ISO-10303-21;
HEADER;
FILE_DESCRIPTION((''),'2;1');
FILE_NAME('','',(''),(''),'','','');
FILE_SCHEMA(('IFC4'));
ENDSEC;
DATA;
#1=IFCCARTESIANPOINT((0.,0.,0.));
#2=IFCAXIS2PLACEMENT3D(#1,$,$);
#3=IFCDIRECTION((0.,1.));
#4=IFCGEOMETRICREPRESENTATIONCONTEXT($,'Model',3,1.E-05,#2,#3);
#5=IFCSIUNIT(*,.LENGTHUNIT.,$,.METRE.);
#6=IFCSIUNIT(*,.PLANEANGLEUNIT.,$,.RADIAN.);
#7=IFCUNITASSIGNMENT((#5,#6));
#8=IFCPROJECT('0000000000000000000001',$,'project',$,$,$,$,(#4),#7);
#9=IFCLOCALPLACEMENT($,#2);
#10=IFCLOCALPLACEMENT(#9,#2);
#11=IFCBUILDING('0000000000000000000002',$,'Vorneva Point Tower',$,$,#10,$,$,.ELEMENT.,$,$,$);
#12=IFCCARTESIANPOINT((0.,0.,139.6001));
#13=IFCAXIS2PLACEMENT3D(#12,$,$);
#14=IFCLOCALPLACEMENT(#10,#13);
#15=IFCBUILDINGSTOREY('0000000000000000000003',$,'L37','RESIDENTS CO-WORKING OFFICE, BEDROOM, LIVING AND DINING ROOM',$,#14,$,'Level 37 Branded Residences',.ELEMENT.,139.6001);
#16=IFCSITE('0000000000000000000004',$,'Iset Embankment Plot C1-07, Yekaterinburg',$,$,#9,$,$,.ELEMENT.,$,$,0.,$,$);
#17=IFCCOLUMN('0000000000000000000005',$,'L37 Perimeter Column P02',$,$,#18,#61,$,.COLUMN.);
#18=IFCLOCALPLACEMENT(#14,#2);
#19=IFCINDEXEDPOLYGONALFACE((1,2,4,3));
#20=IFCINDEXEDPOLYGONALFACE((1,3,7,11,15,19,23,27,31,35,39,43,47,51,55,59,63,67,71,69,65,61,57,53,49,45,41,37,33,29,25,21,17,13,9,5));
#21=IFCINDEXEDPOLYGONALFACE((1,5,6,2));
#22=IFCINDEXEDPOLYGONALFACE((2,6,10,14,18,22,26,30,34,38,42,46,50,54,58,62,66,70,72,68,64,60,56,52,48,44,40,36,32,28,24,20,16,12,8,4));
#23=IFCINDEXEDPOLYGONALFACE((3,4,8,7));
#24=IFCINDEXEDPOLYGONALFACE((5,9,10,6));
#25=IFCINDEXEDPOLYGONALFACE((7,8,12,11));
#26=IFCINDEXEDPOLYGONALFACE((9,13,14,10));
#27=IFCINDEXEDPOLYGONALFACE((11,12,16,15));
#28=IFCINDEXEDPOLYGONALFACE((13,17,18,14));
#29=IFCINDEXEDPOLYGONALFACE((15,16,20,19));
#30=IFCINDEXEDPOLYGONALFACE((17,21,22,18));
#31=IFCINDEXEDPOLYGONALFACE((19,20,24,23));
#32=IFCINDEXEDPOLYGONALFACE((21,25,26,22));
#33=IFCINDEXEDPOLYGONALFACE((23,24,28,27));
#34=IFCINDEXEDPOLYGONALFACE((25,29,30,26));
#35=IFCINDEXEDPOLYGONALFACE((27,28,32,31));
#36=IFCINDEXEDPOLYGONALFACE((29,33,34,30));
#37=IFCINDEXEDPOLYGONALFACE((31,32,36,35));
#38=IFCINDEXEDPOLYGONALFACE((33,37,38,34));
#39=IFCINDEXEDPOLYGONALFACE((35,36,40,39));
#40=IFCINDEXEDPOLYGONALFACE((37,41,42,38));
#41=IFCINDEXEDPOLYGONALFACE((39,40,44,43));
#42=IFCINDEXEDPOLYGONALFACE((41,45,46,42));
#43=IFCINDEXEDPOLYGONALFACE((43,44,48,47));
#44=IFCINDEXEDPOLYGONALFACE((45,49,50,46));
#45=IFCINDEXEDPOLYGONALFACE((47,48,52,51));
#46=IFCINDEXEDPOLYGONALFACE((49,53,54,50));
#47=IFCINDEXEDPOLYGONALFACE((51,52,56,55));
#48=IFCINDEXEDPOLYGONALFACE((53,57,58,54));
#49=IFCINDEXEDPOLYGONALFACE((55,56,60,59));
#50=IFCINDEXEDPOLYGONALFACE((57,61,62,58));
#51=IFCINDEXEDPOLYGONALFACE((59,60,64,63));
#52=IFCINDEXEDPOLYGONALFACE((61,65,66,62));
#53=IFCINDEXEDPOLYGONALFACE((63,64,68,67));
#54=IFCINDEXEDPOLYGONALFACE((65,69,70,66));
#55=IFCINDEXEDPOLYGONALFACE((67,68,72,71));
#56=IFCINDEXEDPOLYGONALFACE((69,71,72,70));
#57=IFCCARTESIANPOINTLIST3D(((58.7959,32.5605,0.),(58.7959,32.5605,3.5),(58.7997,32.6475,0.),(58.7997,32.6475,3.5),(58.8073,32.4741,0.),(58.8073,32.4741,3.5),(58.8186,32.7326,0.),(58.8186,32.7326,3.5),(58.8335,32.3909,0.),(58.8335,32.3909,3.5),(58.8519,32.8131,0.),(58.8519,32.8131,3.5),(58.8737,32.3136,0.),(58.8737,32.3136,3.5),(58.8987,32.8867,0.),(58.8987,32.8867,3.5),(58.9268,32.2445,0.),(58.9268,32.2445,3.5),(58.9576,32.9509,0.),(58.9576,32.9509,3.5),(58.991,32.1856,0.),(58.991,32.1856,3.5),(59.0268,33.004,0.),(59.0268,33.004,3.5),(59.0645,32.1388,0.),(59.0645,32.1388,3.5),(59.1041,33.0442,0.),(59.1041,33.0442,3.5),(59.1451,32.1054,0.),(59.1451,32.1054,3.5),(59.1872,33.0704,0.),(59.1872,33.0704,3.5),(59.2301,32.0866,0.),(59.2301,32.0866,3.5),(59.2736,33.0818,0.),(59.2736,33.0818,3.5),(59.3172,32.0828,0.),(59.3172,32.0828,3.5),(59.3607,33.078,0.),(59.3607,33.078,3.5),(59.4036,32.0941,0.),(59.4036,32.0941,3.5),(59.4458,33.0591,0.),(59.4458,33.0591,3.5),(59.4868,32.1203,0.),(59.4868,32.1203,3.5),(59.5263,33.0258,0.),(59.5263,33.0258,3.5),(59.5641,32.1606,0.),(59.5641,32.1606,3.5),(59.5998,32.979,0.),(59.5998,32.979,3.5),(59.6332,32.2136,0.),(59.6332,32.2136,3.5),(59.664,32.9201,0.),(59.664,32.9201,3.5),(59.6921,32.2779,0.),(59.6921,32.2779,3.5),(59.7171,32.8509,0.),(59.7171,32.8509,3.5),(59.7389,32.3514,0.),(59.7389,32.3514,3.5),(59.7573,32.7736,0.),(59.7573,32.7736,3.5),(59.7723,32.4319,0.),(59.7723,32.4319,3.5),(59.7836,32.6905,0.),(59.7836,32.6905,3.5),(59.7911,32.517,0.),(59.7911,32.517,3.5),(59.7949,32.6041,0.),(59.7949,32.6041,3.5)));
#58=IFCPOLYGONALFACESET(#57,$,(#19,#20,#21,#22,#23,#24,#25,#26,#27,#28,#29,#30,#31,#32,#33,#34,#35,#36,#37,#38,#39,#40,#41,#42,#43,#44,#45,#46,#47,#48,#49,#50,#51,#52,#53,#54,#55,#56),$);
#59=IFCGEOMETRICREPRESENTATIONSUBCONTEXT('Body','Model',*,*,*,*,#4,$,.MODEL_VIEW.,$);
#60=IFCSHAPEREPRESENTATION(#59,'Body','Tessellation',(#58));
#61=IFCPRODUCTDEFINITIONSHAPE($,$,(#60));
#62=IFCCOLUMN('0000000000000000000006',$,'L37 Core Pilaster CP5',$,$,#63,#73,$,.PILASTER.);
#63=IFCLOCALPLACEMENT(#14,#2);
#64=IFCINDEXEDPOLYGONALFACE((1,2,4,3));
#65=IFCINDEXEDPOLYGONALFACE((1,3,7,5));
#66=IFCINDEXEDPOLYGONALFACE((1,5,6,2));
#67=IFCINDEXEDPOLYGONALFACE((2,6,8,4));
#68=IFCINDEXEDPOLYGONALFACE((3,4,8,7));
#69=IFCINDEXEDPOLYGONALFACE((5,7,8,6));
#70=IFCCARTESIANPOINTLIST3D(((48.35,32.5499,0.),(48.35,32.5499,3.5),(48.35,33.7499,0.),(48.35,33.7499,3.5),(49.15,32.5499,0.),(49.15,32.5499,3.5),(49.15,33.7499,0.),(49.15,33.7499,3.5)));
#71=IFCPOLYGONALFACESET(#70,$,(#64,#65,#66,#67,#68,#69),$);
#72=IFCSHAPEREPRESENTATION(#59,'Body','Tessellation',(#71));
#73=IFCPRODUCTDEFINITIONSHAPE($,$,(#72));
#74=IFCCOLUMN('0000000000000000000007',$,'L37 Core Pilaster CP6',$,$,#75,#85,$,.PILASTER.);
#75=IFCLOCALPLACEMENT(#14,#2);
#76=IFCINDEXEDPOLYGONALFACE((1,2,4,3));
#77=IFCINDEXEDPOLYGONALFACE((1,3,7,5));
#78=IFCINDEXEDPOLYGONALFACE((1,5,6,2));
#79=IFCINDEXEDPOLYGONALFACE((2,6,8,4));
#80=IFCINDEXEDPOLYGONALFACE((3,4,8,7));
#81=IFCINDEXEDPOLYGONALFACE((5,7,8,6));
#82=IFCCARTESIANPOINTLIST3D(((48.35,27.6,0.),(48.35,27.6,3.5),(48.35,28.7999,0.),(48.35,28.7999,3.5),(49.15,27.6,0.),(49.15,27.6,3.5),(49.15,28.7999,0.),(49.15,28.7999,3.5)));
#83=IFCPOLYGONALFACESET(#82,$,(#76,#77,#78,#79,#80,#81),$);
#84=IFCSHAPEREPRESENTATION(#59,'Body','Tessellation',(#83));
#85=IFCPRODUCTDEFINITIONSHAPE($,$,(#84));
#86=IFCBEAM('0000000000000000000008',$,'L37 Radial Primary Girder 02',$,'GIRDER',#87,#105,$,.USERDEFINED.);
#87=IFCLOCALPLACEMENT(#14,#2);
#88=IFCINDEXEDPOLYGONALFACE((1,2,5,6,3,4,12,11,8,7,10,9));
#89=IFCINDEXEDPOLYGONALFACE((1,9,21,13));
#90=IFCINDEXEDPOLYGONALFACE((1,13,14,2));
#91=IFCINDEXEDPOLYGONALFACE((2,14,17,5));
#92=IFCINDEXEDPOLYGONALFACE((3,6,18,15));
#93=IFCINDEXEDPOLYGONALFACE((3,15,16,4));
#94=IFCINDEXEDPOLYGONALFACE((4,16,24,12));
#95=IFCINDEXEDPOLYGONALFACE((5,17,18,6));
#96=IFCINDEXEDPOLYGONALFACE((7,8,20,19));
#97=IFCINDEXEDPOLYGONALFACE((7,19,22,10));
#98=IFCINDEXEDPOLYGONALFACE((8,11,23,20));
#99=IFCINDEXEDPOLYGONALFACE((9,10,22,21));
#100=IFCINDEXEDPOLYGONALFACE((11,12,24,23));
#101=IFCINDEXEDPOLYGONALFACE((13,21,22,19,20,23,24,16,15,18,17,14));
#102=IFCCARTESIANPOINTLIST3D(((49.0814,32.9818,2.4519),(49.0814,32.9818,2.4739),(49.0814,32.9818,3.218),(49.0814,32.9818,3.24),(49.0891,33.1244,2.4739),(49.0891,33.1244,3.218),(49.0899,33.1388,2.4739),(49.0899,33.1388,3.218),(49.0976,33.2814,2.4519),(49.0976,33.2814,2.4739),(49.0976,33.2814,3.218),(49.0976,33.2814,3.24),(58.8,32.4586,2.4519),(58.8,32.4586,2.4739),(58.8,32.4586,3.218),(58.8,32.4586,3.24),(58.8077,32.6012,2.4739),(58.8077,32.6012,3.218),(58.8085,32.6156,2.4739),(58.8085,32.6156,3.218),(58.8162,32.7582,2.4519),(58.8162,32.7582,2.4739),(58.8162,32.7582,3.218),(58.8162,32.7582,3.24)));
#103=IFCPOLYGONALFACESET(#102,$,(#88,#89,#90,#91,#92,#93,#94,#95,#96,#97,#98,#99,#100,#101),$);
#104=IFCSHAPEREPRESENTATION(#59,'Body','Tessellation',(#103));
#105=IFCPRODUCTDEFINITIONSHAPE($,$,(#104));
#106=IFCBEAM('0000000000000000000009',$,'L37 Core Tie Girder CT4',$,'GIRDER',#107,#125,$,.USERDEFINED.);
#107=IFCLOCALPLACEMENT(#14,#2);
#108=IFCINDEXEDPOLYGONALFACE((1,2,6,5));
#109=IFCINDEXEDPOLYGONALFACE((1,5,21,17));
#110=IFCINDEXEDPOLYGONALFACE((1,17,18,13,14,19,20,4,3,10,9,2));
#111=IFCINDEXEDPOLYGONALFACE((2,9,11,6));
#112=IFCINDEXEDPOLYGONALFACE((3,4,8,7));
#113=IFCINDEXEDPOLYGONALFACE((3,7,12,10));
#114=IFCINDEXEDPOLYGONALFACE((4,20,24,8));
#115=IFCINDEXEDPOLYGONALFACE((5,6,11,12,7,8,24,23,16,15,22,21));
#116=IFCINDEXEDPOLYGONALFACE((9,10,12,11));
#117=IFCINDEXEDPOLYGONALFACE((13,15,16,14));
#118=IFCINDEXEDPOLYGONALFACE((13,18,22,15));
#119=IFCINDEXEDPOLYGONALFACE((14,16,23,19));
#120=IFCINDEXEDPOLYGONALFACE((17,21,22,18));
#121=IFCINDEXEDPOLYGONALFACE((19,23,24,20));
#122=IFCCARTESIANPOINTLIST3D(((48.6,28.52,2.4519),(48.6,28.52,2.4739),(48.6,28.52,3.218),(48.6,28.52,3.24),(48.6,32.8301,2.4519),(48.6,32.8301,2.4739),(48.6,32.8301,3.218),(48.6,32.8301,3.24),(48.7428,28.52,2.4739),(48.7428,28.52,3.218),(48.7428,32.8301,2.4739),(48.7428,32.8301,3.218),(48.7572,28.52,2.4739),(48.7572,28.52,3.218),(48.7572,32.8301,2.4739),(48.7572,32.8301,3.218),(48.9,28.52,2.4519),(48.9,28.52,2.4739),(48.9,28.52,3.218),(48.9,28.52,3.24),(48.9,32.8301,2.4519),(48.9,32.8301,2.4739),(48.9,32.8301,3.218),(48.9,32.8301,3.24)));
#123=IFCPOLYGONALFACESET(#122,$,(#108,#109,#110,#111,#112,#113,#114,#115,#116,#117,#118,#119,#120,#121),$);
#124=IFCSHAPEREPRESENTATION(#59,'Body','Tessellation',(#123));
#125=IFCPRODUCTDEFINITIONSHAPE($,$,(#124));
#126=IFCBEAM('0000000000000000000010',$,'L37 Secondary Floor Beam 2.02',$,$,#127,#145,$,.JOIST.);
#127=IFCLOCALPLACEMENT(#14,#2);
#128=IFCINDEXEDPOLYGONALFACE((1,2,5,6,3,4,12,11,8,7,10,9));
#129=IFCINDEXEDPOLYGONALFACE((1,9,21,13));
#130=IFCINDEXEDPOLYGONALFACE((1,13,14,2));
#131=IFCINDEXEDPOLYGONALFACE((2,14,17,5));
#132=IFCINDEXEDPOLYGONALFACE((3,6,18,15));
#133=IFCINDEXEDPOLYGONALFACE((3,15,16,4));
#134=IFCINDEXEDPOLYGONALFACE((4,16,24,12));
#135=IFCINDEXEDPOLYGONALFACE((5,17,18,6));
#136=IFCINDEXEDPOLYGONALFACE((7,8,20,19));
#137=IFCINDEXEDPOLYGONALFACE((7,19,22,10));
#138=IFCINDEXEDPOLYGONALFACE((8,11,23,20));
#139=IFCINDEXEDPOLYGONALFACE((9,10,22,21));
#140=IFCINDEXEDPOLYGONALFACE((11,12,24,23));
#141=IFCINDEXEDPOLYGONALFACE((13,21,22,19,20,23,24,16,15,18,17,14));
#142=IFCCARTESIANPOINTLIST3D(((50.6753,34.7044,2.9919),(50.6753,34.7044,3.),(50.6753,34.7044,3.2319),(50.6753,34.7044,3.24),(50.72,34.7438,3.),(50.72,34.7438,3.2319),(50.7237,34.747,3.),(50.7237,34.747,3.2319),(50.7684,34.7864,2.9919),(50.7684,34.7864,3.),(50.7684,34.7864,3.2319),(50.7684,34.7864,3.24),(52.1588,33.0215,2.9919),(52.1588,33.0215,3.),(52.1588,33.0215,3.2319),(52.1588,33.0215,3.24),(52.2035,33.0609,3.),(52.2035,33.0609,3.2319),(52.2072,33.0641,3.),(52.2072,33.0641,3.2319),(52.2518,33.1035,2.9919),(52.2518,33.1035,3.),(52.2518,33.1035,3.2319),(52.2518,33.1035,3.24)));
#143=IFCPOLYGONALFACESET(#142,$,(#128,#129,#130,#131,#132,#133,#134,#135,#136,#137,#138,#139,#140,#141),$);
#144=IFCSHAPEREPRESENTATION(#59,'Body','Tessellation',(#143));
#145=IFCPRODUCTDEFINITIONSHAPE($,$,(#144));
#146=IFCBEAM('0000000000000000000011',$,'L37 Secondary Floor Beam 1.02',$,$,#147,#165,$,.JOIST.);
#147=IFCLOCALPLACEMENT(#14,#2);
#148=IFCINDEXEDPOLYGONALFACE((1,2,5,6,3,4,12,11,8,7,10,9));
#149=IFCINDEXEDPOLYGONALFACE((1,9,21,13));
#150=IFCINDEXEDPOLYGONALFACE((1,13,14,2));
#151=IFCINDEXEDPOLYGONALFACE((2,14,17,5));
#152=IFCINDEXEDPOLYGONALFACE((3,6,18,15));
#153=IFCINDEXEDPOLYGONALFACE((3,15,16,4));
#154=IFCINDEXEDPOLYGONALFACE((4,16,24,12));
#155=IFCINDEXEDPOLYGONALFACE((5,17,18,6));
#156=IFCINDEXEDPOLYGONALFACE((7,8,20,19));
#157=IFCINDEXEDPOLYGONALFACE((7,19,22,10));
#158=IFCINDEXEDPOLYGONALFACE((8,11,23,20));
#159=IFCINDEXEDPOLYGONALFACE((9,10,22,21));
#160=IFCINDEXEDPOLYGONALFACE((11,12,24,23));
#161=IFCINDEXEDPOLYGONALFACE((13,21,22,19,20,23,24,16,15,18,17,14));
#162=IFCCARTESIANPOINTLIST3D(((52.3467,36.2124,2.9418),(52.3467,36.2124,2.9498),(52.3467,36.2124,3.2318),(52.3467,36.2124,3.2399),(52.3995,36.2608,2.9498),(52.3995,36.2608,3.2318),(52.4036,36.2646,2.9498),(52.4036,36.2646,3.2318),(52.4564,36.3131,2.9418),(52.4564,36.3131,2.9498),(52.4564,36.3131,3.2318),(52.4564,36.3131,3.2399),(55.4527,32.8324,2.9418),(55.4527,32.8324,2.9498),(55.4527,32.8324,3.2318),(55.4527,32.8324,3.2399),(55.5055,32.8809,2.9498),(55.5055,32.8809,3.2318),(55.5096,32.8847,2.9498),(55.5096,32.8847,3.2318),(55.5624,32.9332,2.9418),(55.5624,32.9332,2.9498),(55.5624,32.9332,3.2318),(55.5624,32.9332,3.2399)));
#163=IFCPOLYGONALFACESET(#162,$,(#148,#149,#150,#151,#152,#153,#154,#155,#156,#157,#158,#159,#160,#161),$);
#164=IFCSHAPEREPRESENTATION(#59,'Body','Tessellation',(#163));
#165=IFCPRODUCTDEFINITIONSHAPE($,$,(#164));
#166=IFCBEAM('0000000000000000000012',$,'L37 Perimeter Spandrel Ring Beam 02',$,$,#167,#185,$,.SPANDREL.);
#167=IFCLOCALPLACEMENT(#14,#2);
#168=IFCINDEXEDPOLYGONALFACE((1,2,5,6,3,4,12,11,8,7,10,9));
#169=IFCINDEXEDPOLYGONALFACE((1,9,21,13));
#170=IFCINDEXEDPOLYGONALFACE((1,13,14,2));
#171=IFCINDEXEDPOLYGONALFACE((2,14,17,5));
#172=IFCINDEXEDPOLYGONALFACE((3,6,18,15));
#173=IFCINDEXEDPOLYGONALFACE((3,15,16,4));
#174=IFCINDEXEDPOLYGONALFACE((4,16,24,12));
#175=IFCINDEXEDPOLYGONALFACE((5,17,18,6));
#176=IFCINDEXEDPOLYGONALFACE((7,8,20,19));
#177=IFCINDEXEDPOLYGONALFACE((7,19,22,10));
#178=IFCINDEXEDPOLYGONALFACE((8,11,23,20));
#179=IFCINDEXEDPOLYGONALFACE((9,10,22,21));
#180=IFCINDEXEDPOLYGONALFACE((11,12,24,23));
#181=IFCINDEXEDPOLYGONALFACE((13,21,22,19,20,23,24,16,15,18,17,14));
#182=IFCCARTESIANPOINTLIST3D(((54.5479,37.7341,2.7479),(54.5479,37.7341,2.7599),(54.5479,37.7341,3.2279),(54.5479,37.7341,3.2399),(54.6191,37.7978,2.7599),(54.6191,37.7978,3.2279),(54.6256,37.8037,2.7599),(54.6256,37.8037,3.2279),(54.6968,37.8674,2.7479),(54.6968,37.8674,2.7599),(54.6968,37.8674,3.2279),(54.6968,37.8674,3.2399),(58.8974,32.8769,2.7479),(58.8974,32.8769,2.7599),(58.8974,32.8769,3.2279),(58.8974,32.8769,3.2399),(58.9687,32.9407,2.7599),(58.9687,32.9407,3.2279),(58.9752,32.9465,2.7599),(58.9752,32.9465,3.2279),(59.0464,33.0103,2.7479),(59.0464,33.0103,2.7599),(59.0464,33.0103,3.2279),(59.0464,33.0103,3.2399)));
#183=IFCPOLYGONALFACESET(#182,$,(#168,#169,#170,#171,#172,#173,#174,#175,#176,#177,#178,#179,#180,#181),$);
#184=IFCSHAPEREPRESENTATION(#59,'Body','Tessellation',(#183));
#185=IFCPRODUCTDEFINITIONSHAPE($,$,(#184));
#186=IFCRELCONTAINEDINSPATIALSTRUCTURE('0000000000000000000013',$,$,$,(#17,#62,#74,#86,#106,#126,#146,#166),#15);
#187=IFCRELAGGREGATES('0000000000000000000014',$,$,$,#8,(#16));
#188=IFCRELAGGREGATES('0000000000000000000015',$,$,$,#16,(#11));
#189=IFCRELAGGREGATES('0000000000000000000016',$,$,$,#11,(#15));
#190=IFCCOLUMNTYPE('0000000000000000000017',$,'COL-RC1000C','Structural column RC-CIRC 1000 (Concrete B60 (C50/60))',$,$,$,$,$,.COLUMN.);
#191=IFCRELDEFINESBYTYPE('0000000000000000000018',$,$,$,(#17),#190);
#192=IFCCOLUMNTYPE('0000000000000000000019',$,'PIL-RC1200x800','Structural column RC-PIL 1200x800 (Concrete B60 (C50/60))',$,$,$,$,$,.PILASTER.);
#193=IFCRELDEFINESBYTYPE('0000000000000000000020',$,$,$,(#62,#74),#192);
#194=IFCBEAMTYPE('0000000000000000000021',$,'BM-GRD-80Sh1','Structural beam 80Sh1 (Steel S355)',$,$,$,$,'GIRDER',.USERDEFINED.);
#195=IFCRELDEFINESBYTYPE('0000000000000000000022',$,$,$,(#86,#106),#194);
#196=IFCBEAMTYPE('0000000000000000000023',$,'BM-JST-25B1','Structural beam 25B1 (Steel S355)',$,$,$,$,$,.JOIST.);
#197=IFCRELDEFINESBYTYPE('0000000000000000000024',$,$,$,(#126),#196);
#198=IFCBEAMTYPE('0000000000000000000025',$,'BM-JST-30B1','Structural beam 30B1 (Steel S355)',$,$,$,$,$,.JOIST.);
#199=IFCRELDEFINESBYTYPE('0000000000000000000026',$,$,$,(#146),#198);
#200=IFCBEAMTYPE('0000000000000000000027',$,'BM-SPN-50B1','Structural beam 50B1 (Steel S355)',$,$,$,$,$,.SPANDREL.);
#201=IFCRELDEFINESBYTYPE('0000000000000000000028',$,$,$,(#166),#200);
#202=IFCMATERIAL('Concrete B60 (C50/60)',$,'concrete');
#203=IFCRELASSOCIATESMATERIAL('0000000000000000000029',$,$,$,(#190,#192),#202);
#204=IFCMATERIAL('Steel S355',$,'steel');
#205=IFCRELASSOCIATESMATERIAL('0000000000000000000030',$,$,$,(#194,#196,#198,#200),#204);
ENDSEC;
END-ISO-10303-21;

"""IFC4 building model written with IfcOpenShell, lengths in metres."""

from ifc_helpers import new_model, si_unit, direction, frame, origin, origin_2d, place, context, subcontext, project, spatial, rectangle, circle, i_section, extrude, material, material_profile, profile_set, type_object, element, save


model = new_model("IFC4")

# Units and contexts
model_context = context("Model", 3, precision=1e-05, world=origin(), true_north=direction((0.0, 1.0)))
body_context = subcontext(model_context, "Body", "Model", "MODEL_VIEW")
ifc_project = project(units=[si_unit("LENGTHUNIT", "METRE"), si_unit("PLANEANGLEUNIT", "RADIAN")], contexts=[model_context])

# Site, building, storey
site_placement = place(None, origin())
site = spatial("IfcSite", under=ifc_project, at=site_placement, Name="Iset Embankment Plot C1-07, Yekaterinburg", CompositionType="ELEMENT", RefElevation=0.0)
building_placement = place(site_placement, origin())
building = spatial("IfcBuilding", under=site, at=building_placement, Name="Vorneva Point Tower", CompositionType="ELEMENT")
storey_placement = place(building_placement, frame((0.0, 0.0, 139.6001)))
storey = spatial("IfcBuildingStorey", under=building, at=storey_placement, Name="L37", Description="RESIDENTS CO-WORKING OFFICE, BEDROOM, LIVING AND DINING ROOM", LongName="Level 37 Branded Residences", CompositionType="ELEMENT", Elevation=139.6001)

# Columns
ifc_material_1 = material(Name="Concrete B60 (C50/60)", Category="concrete")
ifc_material_profile_1 = material_profile(ifc_material_1, circle(Radius=0.5, at=origin_2d()), Name="RC-CIRC 1000")
ifc_profile_set_1 = profile_set([ifc_material_profile_1], Name="Concrete B60 (C50/60)")
column_type_1 = type_object("IfcColumnType", Name="COL-RC1000C", Description="Structural column RC-CIRC 1000 (Concrete B60 (C50/60))", PredefinedType="COLUMN", material=ifc_profile_set_1)
column_placement = place(storey_placement, frame((59.2954, 32.5823, 0.0), z_axis=(0.0, 0.0, 1.0), x_axis=(0.92388, 0.382683, 0.0)))
element("IfcColumn", 1, at=column_placement, inside=storey, type_object=column_type_1, Name="L37 Perimeter Column P02", PredefinedType="COLUMN", context=body_context, shape_type="SweptSolid", body=[
    extrude(circle(Radius=0.5, at=origin_2d()), origin(), (0.0, 0.0, 1.0), 3.5),
])
ifc_material_profile_2 = material_profile(ifc_material_1, rectangle(XDim=0.8, YDim=1.2, at=origin_2d()), Name="RC-PIL 1200x800")
ifc_profile_set_2 = profile_set([ifc_material_profile_2], Name="Concrete B60 (C50/60)")
column_type_2 = type_object("IfcColumnType", Name="PIL-RC1200x800", Description="Structural column RC-PIL 1200x800 (Concrete B60 (C50/60))", PredefinedType="PILASTER", material=ifc_profile_set_2)
for number, where, z_axis, x_axis, name in (
    (2, (48.75, 33.1499, 0.0), (0.0, 0.0, 1.0), (1.0, 0.0, 0.0), "L37 Core Pilaster CP5"),
    (3, (48.75, 28.2, 0.0), (0.0, 0.0, 1.0), (1.0, 0.0, 0.0), "L37 Core Pilaster CP6"),
):
    element("IfcColumn", number, at=place(storey_placement, frame(where, z_axis=z_axis, x_axis=x_axis)), inside=storey, type_object=column_type_2, Name=name, PredefinedType="PILASTER", context=body_context, shape_type="SweptSolid", body=[
        extrude(rectangle(XDim=0.8, YDim=1.2, at=origin_2d()), origin(), (0.0, 0.0, 1.0), 3.5),
    ])

# Beams
ifc_material_2 = material(Name="Steel S355", Category="steel")
ifc_material_profile_3 = material_profile(ifc_material_2, i_section(OverallWidth=0.3, OverallDepth=0.7881, WebThickness=0.0144, FlangeThickness=0.022, at=origin_2d()), Name="80Sh1")
ifc_profile_set_3 = profile_set([ifc_material_profile_3], Name="Steel S355")
beam_type_1 = type_object("IfcBeamType", Name="BM-GRD-80Sh1", Description="Structural beam 80Sh1 (Steel S355)", ElementType="GIRDER", PredefinedType="USERDEFINED", material=ifc_profile_set_3)
beam_1_placement = place(storey_placement, frame((58.8081, 32.6084, 2.8459), z_axis=(-0.998554, 0.053757, 0.0), x_axis=(-0.053757, -0.998554, 0.0)))
element("IfcBeam", 4, at=beam_1_placement, inside=storey, type_object=beam_type_1, Name="L37 Radial Primary Girder 02", ObjectType="GIRDER", PredefinedType="USERDEFINED", context=body_context, shape_type="SweptSolid", body=[
    extrude(i_section(OverallWidth=0.3, OverallDepth=0.7881, WebThickness=0.0144, FlangeThickness=0.022, at=origin_2d()), origin(), (0.0, 0.0, 1.0), 9.7327),
])
beam_2_placement = place(storey_placement, frame((48.75, 28.52, 2.8459), z_axis=(0.0, 1.0, 0.0), x_axis=(-1.0, 0.0, 0.0)))
element("IfcBeam", 5, at=beam_2_placement, inside=storey, type_object=beam_type_1, Name="L37 Core Tie Girder CT4", ObjectType="GIRDER", PredefinedType="USERDEFINED", context=body_context, shape_type="SweptSolid", body=[
    extrude(i_section(OverallWidth=0.3, OverallDepth=0.7881, WebThickness=0.0144, FlangeThickness=0.022, at=origin_2d()), origin(), (0.0, 0.0, 1.0), 4.3101),
])
ifc_material_profile_4 = material_profile(ifc_material_2, i_section(OverallWidth=0.124, OverallDepth=0.248, WebThickness=0.0049, FlangeThickness=0.0081, at=origin_2d()), Name="25B1")
ifc_profile_set_4 = profile_set([ifc_material_profile_4], Name="Steel S355")
beam_type_2 = type_object("IfcBeamType", Name="BM-JST-25B1", Description="Structural beam 25B1 (Steel S355)", PredefinedType="JOIST", material=ifc_profile_set_4)
beam_3_placement = place(storey_placement, frame((52.2053, 33.0625, 3.116), z_axis=(-0.661251, 0.750165, 0.0), x_axis=(-0.750165, -0.661251, 0.0)))
element("IfcBeam", 6, at=beam_3_placement, inside=storey, type_object=beam_type_2, Name="L37 Secondary Floor Beam 2.02", PredefinedType="JOIST", context=body_context, shape_type="SweptSolid", body=[
    extrude(i_section(OverallWidth=0.124, OverallDepth=0.248, WebThickness=0.0049, FlangeThickness=0.0081, at=origin_2d()), origin(), (0.0, 0.0, 1.0), 2.2434),
])
ifc_material_profile_5 = material_profile(ifc_material_2, i_section(OverallWidth=0.1489, OverallDepth=0.2981, WebThickness=0.0056, FlangeThickness=0.0081, at=origin_2d()), Name="30B1")
ifc_profile_set_5 = profile_set([ifc_material_profile_5], Name="Steel S355")
beam_type_3 = type_object("IfcBeamType", Name="BM-JST-30B1", Description="Structural beam 30B1 (Steel S355)", PredefinedType="JOIST", material=ifc_profile_set_5)
beam_4_placement = place(storey_placement, frame((55.5076, 32.8828, 3.0908), z_axis=(-0.676639, 0.736315, 0.0), x_axis=(-0.736315, -0.676639, 0.0)))
element("IfcBeam", 7, at=beam_4_placement, inside=storey, type_object=beam_type_3, Name="L37 Secondary Floor Beam 1.02", PredefinedType="JOIST", context=body_context, shape_type="SweptSolid", body=[
    extrude(i_section(OverallWidth=0.1489, OverallDepth=0.2981, WebThickness=0.0056, FlangeThickness=0.0081, at=origin_2d()), origin(), (0.0, 0.0, 1.0), 4.5903),
])
ifc_material_profile_6 = material_profile(ifc_material_2, i_section(OverallWidth=0.2, OverallDepth=0.4919, WebThickness=0.0088, FlangeThickness=0.012, at=origin_2d()), Name="50B1")
ifc_profile_set_6 = profile_set([ifc_material_profile_6], Name="Steel S355")
beam_type_4 = type_object("IfcBeamType", Name="BM-SPN-50B1", Description="Structural beam 50B1 (Steel S355)", PredefinedType="SPANDREL", material=ifc_profile_set_6)
beam_5_placement = place(storey_placement, frame((58.9719, 32.9436, 2.9939), z_axis=(-0.667111, 0.744958, 0.0), x_axis=(-0.744958, -0.667111, 0.0)))
element("IfcBeam", 8, at=beam_5_placement, inside=storey, type_object=beam_type_4, Name="L37 Perimeter Spandrel Ring Beam 02", PredefinedType="SPANDREL", context=body_context, shape_type="SweptSolid", body=[
    extrude(i_section(OverallWidth=0.2, OverallDepth=0.4919, WebThickness=0.0088, FlangeThickness=0.012, at=origin_2d()), origin(), (0.0, 0.0, 1.0), 6.52),
])

save(model, "model.ifc")
